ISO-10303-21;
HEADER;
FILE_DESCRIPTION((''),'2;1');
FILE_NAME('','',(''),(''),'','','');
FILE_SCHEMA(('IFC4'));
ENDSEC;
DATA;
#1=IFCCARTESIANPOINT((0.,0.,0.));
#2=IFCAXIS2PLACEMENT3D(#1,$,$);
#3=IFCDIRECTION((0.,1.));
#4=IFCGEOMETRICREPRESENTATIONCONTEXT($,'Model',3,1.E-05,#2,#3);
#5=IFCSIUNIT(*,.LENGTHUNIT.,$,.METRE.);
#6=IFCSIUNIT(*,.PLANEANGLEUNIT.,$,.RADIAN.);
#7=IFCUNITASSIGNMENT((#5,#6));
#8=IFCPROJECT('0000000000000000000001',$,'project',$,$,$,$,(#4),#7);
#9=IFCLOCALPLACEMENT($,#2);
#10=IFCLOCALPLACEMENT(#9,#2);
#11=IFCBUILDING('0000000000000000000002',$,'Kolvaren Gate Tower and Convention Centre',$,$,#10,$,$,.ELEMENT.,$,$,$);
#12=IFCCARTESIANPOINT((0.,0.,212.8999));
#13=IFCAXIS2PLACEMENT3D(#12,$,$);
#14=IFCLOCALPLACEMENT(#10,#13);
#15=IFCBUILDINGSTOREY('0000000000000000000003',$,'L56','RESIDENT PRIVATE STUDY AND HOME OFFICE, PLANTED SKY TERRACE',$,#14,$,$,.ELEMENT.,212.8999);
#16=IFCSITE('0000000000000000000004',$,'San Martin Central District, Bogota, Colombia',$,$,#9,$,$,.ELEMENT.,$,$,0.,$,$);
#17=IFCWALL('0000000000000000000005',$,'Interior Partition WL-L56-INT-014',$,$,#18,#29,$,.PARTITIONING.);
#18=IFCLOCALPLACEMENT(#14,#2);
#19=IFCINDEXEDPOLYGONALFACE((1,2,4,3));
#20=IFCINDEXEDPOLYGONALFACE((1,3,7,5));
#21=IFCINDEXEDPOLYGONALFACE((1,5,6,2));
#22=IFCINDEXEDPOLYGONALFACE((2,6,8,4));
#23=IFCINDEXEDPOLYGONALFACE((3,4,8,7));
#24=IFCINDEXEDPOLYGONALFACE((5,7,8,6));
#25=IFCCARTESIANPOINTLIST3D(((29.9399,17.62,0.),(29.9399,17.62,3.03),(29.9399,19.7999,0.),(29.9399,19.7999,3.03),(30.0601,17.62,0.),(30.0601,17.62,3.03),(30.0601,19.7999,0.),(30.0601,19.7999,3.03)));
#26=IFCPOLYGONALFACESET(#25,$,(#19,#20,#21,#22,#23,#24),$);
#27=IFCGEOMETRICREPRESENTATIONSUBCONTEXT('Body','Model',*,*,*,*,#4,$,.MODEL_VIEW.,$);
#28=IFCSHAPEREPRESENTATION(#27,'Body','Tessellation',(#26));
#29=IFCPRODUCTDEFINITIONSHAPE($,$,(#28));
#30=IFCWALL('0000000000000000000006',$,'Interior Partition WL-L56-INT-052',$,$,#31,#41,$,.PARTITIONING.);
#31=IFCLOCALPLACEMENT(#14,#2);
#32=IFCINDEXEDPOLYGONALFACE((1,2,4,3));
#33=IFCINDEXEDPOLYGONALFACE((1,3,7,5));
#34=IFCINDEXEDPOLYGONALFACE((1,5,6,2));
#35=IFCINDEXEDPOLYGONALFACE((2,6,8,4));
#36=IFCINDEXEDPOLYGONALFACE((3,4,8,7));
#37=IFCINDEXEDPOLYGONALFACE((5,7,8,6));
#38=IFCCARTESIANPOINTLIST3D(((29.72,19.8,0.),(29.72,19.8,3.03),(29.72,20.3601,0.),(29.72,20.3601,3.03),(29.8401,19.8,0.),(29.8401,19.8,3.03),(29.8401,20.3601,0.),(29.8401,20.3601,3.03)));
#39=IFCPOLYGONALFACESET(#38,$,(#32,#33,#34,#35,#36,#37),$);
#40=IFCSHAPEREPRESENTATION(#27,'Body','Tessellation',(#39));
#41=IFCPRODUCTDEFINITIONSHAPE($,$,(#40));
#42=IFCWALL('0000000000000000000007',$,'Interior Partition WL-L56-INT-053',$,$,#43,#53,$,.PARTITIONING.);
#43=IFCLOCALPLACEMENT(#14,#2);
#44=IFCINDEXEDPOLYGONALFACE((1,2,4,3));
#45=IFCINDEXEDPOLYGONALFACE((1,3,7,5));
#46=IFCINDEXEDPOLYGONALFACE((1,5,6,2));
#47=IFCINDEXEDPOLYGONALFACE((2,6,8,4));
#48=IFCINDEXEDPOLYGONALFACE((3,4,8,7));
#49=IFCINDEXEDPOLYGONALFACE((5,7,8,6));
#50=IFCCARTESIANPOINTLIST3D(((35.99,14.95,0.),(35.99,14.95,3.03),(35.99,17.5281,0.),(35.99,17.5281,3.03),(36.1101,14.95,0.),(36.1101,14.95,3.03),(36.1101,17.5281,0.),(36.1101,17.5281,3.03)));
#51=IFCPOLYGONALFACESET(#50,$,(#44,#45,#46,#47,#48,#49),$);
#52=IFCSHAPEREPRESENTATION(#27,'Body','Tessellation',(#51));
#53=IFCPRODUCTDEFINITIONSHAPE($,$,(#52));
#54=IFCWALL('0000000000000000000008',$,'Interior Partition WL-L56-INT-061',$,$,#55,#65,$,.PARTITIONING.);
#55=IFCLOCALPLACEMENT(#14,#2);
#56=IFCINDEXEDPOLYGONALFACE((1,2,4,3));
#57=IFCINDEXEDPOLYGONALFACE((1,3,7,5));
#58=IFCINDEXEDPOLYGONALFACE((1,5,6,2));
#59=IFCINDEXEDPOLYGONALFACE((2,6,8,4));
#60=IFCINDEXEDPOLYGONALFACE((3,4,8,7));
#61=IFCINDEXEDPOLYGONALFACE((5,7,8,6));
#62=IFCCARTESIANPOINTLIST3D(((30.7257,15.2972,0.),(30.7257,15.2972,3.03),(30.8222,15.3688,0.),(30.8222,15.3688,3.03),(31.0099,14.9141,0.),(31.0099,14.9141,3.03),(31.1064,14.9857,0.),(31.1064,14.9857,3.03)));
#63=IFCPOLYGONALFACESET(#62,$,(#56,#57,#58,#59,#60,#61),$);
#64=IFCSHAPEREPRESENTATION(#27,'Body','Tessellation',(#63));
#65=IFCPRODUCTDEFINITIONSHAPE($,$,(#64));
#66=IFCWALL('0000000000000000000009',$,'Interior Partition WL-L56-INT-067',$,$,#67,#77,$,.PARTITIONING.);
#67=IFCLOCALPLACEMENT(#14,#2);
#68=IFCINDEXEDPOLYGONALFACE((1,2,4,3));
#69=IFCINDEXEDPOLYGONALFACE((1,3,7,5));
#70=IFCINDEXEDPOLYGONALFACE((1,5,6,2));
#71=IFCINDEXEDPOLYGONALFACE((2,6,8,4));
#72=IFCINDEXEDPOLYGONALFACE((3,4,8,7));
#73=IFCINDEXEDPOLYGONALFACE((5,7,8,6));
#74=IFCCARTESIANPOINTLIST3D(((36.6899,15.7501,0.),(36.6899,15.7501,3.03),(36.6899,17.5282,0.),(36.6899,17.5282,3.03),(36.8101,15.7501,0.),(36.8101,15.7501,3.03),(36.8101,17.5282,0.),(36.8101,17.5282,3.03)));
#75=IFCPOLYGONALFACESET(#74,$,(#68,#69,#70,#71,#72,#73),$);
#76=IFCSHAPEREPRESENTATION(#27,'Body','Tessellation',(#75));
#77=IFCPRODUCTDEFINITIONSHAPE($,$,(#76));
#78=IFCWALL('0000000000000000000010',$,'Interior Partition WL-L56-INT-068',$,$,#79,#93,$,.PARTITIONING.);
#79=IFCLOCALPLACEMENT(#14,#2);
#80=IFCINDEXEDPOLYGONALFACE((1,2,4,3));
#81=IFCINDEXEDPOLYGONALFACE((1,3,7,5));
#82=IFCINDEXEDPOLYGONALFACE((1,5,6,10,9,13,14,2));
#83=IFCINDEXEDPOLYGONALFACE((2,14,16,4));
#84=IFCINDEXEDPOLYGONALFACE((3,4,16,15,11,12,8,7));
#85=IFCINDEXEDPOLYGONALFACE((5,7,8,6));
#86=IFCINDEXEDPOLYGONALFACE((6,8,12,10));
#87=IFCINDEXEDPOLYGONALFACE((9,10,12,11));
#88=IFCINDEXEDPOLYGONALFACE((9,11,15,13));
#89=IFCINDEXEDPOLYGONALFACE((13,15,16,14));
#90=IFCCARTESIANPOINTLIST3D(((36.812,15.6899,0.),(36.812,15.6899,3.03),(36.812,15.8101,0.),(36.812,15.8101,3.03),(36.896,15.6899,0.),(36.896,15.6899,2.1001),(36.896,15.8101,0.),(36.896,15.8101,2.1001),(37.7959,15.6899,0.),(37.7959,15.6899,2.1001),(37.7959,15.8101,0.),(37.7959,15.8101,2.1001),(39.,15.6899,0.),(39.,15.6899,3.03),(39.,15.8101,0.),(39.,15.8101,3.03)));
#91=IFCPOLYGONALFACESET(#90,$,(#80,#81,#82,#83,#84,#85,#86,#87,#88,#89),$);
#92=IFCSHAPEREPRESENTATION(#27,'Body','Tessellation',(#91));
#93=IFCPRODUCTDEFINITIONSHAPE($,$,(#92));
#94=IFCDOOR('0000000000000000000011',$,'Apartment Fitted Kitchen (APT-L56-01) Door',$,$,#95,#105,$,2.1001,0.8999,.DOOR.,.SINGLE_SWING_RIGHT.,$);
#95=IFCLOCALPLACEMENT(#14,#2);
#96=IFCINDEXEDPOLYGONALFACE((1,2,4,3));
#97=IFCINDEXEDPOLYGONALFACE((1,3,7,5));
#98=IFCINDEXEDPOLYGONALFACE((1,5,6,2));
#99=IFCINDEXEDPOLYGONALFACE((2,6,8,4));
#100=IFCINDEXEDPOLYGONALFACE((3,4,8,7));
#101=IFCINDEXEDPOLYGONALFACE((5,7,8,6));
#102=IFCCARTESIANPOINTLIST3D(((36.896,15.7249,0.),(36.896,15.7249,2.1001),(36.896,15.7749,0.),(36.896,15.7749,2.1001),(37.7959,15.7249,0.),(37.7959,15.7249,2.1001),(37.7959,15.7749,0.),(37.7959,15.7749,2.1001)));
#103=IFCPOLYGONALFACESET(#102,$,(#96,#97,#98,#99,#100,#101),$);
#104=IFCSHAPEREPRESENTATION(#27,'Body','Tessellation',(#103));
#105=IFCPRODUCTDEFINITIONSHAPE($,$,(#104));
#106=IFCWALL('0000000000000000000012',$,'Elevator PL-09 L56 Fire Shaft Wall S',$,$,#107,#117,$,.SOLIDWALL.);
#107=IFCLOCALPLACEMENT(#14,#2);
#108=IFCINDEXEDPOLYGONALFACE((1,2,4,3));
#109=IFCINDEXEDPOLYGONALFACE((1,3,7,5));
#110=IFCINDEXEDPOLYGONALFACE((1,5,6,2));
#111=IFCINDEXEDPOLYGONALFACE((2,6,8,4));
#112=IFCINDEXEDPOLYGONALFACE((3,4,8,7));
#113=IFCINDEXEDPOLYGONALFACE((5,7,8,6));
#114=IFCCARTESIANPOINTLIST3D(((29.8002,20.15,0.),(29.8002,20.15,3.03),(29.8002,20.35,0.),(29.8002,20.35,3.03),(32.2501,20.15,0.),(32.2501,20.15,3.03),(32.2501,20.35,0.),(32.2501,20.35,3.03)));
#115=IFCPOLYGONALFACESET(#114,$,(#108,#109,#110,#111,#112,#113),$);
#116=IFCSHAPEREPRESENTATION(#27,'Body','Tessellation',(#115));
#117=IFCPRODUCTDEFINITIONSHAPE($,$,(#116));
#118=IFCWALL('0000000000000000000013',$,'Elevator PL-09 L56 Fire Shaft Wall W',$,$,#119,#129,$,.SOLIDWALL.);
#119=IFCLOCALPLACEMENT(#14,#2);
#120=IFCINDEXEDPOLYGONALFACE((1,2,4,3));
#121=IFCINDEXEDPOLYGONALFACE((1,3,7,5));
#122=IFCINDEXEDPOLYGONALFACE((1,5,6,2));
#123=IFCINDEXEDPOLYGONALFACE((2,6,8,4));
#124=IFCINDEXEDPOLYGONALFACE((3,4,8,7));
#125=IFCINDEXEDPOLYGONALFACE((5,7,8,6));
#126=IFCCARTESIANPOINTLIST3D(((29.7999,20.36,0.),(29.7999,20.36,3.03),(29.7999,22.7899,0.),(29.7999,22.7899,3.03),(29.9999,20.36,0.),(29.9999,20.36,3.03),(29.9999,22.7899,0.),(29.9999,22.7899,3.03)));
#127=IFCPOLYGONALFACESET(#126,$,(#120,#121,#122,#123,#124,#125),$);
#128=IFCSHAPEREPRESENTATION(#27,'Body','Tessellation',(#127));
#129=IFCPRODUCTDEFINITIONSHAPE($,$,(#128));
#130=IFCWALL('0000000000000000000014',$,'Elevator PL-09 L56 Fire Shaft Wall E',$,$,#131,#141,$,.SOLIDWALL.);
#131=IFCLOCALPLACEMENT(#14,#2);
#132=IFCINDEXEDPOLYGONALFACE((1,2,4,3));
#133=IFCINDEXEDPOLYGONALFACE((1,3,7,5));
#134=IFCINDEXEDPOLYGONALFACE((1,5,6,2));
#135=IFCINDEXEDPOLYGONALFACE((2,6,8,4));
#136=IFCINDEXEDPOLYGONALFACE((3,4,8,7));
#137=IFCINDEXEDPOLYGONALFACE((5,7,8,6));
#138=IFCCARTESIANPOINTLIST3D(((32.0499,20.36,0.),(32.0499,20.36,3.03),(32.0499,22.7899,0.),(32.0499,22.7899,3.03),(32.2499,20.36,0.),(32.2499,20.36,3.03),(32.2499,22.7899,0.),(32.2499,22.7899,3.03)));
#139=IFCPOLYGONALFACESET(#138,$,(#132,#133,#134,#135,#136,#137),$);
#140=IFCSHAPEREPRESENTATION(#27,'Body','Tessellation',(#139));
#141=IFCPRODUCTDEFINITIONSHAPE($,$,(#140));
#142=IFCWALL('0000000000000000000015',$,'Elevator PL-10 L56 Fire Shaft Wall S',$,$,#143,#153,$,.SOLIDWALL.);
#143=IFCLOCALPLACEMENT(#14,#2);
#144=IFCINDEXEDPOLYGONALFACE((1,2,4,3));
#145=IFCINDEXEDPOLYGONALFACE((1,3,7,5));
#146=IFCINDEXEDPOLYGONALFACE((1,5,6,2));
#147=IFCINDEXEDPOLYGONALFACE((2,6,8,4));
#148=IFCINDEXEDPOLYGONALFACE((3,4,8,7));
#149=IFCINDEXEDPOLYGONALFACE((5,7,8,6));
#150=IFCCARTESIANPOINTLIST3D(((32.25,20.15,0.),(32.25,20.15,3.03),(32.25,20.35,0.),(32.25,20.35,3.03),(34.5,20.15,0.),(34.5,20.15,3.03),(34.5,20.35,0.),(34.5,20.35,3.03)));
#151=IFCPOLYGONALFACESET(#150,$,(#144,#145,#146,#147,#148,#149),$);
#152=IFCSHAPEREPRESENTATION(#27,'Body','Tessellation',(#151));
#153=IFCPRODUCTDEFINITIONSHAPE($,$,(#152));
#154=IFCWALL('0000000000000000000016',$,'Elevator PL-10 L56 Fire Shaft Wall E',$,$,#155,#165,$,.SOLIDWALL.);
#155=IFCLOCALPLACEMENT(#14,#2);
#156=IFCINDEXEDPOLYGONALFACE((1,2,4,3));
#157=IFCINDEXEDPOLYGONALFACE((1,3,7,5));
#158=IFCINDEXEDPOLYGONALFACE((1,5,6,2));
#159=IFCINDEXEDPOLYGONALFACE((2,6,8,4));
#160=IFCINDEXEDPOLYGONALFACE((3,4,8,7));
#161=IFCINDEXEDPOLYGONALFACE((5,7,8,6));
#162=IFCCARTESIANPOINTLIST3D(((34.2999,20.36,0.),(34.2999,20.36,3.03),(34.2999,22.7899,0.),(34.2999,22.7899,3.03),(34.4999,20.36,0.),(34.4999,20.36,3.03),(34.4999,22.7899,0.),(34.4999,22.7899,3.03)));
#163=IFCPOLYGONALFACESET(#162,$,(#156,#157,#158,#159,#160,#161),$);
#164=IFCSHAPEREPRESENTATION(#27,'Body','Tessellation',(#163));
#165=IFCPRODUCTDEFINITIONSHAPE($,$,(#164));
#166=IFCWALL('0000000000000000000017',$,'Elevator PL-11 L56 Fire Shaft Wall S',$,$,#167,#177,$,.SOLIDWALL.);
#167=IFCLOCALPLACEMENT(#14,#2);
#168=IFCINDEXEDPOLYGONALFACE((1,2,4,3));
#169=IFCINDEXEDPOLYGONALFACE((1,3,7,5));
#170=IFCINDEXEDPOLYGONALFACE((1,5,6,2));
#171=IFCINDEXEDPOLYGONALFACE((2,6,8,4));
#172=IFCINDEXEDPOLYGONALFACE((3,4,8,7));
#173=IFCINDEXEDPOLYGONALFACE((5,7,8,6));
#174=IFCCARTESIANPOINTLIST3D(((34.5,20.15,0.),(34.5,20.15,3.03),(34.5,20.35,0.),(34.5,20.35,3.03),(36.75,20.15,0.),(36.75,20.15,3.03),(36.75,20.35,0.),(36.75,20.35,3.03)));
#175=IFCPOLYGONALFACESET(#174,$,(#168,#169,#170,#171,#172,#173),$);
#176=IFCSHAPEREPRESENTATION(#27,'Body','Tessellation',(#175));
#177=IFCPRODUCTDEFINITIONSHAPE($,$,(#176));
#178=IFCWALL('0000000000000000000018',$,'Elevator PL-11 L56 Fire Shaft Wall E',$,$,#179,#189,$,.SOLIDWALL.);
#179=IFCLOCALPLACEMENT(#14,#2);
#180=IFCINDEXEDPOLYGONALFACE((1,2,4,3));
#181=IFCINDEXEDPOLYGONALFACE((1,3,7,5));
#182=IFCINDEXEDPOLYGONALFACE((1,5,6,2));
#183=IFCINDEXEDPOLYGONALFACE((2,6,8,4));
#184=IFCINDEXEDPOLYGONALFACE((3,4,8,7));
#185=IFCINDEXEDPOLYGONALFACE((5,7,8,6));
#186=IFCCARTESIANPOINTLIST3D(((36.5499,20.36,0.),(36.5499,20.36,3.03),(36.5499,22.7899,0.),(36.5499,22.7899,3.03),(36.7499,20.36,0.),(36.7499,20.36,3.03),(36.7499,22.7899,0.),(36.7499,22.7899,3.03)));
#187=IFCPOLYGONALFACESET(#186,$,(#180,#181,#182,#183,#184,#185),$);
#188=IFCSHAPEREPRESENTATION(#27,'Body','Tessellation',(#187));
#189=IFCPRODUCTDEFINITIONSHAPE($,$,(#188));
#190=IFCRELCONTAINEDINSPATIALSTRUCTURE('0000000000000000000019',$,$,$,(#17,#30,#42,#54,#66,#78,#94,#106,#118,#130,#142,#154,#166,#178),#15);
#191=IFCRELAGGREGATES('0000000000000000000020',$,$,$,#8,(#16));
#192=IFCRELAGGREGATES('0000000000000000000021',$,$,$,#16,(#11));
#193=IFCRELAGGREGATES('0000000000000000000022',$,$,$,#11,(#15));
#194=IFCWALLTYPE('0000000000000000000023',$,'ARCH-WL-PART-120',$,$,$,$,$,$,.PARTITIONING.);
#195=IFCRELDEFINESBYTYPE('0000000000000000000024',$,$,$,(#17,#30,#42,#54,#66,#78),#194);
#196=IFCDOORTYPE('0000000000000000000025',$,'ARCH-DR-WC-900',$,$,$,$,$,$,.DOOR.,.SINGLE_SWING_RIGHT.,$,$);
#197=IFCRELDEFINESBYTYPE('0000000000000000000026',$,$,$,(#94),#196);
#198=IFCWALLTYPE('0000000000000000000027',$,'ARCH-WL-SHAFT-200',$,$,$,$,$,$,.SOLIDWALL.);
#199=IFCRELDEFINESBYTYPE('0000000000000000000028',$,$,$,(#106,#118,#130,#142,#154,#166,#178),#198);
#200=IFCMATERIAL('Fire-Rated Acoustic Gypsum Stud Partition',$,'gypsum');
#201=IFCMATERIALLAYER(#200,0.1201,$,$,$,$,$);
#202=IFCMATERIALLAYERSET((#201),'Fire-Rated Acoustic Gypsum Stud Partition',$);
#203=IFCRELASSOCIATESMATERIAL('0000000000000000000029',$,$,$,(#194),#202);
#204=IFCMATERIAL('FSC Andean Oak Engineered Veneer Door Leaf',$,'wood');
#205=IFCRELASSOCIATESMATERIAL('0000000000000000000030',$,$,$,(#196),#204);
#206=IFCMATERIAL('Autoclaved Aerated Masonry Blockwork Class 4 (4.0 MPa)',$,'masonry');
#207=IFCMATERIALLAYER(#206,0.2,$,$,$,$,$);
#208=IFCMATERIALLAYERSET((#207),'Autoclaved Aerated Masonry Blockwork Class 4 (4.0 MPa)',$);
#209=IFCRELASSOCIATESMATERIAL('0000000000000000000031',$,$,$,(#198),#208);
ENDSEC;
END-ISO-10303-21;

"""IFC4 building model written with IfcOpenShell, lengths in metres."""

from ifc_helpers import new_model, si_unit, direction, frame, frame_2d, origin, place, context, subcontext, project, spatial, rectangle, extrude, material, layer, layer_set, type_object, element, fill, save


model = new_model("IFC4")

# Units and contexts
model_context = context("Model", 3, precision=1e-05, world=origin(), true_north=direction((0.0, 1.0)))
body_context = subcontext(model_context, "Body", "Model", "MODEL_VIEW")
ifc_project = project(units=[si_unit("LENGTHUNIT", "METRE"), si_unit("PLANEANGLEUNIT", "RADIAN")], contexts=[model_context])

# Site, building, storey
site_placement = place(None, origin())
site = spatial("IfcSite", under=ifc_project, at=site_placement, Name="San Martin Central District, Bogota, Colombia", CompositionType="ELEMENT", RefElevation=0.0)
building_placement = place(site_placement, origin())
building = spatial("IfcBuilding", under=site, at=building_placement, Name="Kolvaren Gate Tower and Convention Centre", CompositionType="ELEMENT")
storey_placement = place(building_placement, frame((0.0, 0.0, 212.8999)))
storey = spatial("IfcBuildingStorey", under=building, at=storey_placement, Name="L56", Description="RESIDENT PRIVATE STUDY AND HOME OFFICE, PLANTED SKY TERRACE", CompositionType="ELEMENT", Elevation=212.8999)

# Shared definitions
ifc_material_1 = material(Name="Autoclaved Aerated Masonry Blockwork Class 4 (4.0 MPa)", Category="masonry")

# Walls
ifc_material_2 = material(Name="Fire-Rated Acoustic Gypsum Stud Partition", Category="gypsum")
ifc_layer_1 = layer(ifc_material_2, 0.1201)
ifc_layer_set_1 = layer_set([ifc_layer_1], Name="Fire-Rated Acoustic Gypsum Stud Partition")
wall_type_1 = type_object("IfcWallType", Name="ARCH-WL-PART-120", PredefinedType="PARTITIONING", material=ifc_layer_set_1)
wall_1_placement = place(storey_placement, frame((30.0, 17.6201, 0.0), z_axis=(0.0, 0.0, 1.0), x_axis=(0.0, 1.0, 0.0)))
element("IfcWall", 1, at=wall_1_placement, inside=storey, type_object=wall_type_1, Name="Interior Partition WL-L56-INT-014", PredefinedType="PARTITIONING", context=body_context, shape_type="SweptSolid", body=[
    extrude(rectangle(XDim=2.1799, YDim=0.1201, at=frame_2d((1.0898, 0.0))), origin(), (0.0, 0.0, 1.0), 3.03),
])
wall_2_placement = place(storey_placement, frame((29.78, 19.8, 0.0), z_axis=(0.0, 0.0, 1.0), x_axis=(0.0, 1.0, 0.0)))
element("IfcWall", 2, at=wall_2_placement, inside=storey, type_object=wall_type_1, Name="Interior Partition WL-L56-INT-052", PredefinedType="PARTITIONING", context=body_context, shape_type="SweptSolid", body=[
    extrude(rectangle(XDim=0.5601, YDim=0.1201, at=frame_2d((0.28, 0.0))), origin(), (0.0, 0.0, 1.0), 3.03),
])
wall_3_placement = place(storey_placement, frame((36.05, 14.95, 0.0), z_axis=(0.0, 0.0, 1.0), x_axis=(0.0, 1.0, 0.0)))
element("IfcWall", 3, at=wall_3_placement, inside=storey, type_object=wall_type_1, Name="Interior Partition WL-L56-INT-053", PredefinedType="PARTITIONING", context=body_context, shape_type="SweptSolid", body=[
    extrude(rectangle(XDim=2.5781, YDim=0.1201, at=frame_2d((1.2891, 0.0))), origin(), (0.0, 0.0, 1.0), 3.03),
])
wall_4_placement = place(storey_placement, frame((30.7739, 15.333, 0.0), z_axis=(0.0, 0.0, 1.0), x_axis=(0.595815, -0.803122, 0.0)))
element("IfcWall", 4, at=wall_4_placement, inside=storey, type_object=wall_type_1, Name="Interior Partition WL-L56-INT-061", PredefinedType="PARTITIONING", context=body_context, shape_type="SweptSolid", body=[
    extrude(rectangle(XDim=0.4771, YDim=0.1201, at=frame_2d((0.2385, 0.0))), origin(), (0.0, 0.0, 1.0), 3.03),
])
wall_5_placement = place(storey_placement, frame((36.75, 15.75, 0.0), z_axis=(0.0, 0.0, 1.0), x_axis=(0.0, 1.0, 0.0)))
element("IfcWall", 5, at=wall_5_placement, inside=storey, type_object=wall_type_1, Name="Interior Partition WL-L56-INT-067", PredefinedType="PARTITIONING", context=body_context, shape_type="SweptSolid", body=[
    extrude(rectangle(XDim=1.7781, YDim=0.1201, at=frame_2d((0.8892, 0.0))), origin(), (0.0, 0.0, 1.0), 3.03),
])

# Wall, opening, door
wall_6_placement = place(storey_placement, frame((36.812, 15.75, 0.0), z_axis=(0.0, 0.0, 1.0), x_axis=(1.0, 0.0, 0.0)))
wall_6 = element("IfcWall", 6, at=wall_6_placement, inside=storey, type_object=wall_type_1, Name="Interior Partition WL-L56-INT-068", PredefinedType="PARTITIONING", context=body_context, shape_type="SweptSolid", body=[
    extrude(rectangle(XDim=2.188, YDim=0.1201, at=frame_2d((1.094, 0.0))), origin(), (0.0, 0.0, 1.0), 3.03),
])
opening_1_placement = place(wall_6_placement, frame((0.084, 0.0, 0.0)))
opening_1 = element("IfcOpeningElement", 7, at=opening_1_placement, cuts=wall_6, PredefinedType="OPENING", context=body_context, shape_type="SweptSolid", body=[
    extrude(rectangle(XDim=0.8999, YDim=2.1001, at=frame_2d((0.45, 1.05))), frame((0.0, 0.0701, 0.0), z_axis=(0.0, -1.0, 0.0), x_axis=(1.0, 0.0, 0.0)), (0.0, 0.0, 1.0), 0.1401),
])
ifc_material_3 = material(Name="FSC Andean Oak Engineered Veneer Door Leaf", Category="wood")
door_type_1 = type_object("IfcDoorType", Name="ARCH-DR-WC-900", OperationType="SINGLE_SWING_RIGHT", PredefinedType="DOOR", material=ifc_material_3)
door_1_placement = place(opening_1_placement, origin())
door_1 = element("IfcDoor", 8, at=door_1_placement, inside=storey, type_object=door_type_1, Name="Apartment Fitted Kitchen (APT-L56-01) Door", OperationType="SINGLE_SWING_RIGHT", OverallHeight=2.1001, OverallWidth=0.8999, PredefinedType="DOOR", context=body_context, shape_type="SweptSolid", body=[
    extrude(rectangle(XDim=0.8999, YDim=2.1001, at=frame_2d((0.45, 1.05))), frame((0.0, 0.0249, 0.0), z_axis=(0.0, -1.0, 0.0), x_axis=(1.0, 0.0, 0.0)), (0.0, 0.0, 1.0), 0.05),
])
fill(opening_1, door_1)

# Walls
ifc_layer_2 = layer(ifc_material_1, 0.2)
ifc_layer_set_2 = layer_set([ifc_layer_2], Name="Autoclaved Aerated Masonry Blockwork Class 4 (4.0 MPa)")
wall_type_2 = type_object("IfcWallType", Name="ARCH-WL-SHAFT-200", PredefinedType="SOLIDWALL", material=ifc_layer_set_2)
wall_7_placement = place(storey_placement, frame((29.8, 20.25, 0.0), z_axis=(0.0, 0.0, 1.0), x_axis=(1.0, 0.0, 0.0)))
element("IfcWall", 9, at=wall_7_placement, inside=storey, type_object=wall_type_2, Name="Elevator PL-09 L56 Fire Shaft Wall S", PredefinedType="SOLIDWALL", context=body_context, shape_type="SweptSolid", body=[
    extrude(rectangle(XDim=2.45, YDim=0.2, at=frame_2d((1.2251, 0.0))), origin(), (0.0, 0.0, 1.0), 3.03),
])
for number, where, z_axis, x_axis, name in (
    (10, (29.8999, 20.3601, 0.0), (0.0, 0.0, 1.0), (0.0, 1.0, 0.0), "Elevator PL-09 L56 Fire Shaft Wall W"),
    (11, (32.1499, 20.3601, 0.0), (0.0, 0.0, 1.0), (0.0, 1.0, 0.0), "Elevator PL-09 L56 Fire Shaft Wall E"),
):
    element("IfcWall", number, at=place(storey_placement, frame(where, z_axis=z_axis, x_axis=x_axis)), inside=storey, type_object=wall_type_2, Name=name, PredefinedType="SOLIDWALL", context=body_context, shape_type="SweptSolid", body=[
        extrude(rectangle(XDim=2.4299, YDim=0.2, at=frame_2d((1.2148, 0.0))), origin(), (0.0, 0.0, 1.0), 3.03),
    ])
wall_8_placement = place(storey_placement, frame((32.25, 20.25, 0.0), z_axis=(0.0, 0.0, 1.0), x_axis=(1.0, 0.0, 0.0)))
element("IfcWall", 12, at=wall_8_placement, inside=storey, type_object=wall_type_2, Name="Elevator PL-10 L56 Fire Shaft Wall S", PredefinedType="SOLIDWALL", context=body_context, shape_type="SweptSolid", body=[
    extrude(rectangle(XDim=2.25, YDim=0.2, at=frame_2d((1.125, 0.0))), origin(), (0.0, 0.0, 1.0), 3.03),
])
wall_9_placement = place(storey_placement, frame((34.3999, 20.3601, 0.0), z_axis=(0.0, 0.0, 1.0), x_axis=(0.0, 1.0, 0.0)))
element("IfcWall", 13, at=wall_9_placement, inside=storey, type_object=wall_type_2, Name="Elevator PL-10 L56 Fire Shaft Wall E", PredefinedType="SOLIDWALL", context=body_context, shape_type="SweptSolid", body=[
    extrude(rectangle(XDim=2.4299, YDim=0.2, at=frame_2d((1.2148, 0.0))), origin(), (0.0, 0.0, 1.0), 3.03),
])
wall_10_placement = place(storey_placement, frame((34.5, 20.25, 0.0), z_axis=(0.0, 0.0, 1.0), x_axis=(1.0, 0.0, 0.0)))
element("IfcWall", 14, at=wall_10_placement, inside=storey, type_object=wall_type_2, Name="Elevator PL-11 L56 Fire Shaft Wall S", PredefinedType="SOLIDWALL", context=body_context, shape_type="SweptSolid", body=[
    extrude(rectangle(XDim=2.25, YDim=0.2, at=frame_2d((1.125, 0.0))), origin(), (0.0, 0.0, 1.0), 3.03),
])
wall_11_placement = place(storey_placement, frame((36.6499, 20.3601, 0.0), z_axis=(0.0, 0.0, 1.0), x_axis=(0.0, 1.0, 0.0)))
element("IfcWall", 15, at=wall_11_placement, inside=storey, type_object=wall_type_2, Name="Elevator PL-11 L56 Fire Shaft Wall E", PredefinedType="SOLIDWALL", context=body_context, shape_type="SweptSolid", body=[
    extrude(rectangle(XDim=2.4299, YDim=0.2, at=frame_2d((1.2148, 0.0))), origin(), (0.0, 0.0, 1.0), 3.03),
])

save(model, "model.ifc")
